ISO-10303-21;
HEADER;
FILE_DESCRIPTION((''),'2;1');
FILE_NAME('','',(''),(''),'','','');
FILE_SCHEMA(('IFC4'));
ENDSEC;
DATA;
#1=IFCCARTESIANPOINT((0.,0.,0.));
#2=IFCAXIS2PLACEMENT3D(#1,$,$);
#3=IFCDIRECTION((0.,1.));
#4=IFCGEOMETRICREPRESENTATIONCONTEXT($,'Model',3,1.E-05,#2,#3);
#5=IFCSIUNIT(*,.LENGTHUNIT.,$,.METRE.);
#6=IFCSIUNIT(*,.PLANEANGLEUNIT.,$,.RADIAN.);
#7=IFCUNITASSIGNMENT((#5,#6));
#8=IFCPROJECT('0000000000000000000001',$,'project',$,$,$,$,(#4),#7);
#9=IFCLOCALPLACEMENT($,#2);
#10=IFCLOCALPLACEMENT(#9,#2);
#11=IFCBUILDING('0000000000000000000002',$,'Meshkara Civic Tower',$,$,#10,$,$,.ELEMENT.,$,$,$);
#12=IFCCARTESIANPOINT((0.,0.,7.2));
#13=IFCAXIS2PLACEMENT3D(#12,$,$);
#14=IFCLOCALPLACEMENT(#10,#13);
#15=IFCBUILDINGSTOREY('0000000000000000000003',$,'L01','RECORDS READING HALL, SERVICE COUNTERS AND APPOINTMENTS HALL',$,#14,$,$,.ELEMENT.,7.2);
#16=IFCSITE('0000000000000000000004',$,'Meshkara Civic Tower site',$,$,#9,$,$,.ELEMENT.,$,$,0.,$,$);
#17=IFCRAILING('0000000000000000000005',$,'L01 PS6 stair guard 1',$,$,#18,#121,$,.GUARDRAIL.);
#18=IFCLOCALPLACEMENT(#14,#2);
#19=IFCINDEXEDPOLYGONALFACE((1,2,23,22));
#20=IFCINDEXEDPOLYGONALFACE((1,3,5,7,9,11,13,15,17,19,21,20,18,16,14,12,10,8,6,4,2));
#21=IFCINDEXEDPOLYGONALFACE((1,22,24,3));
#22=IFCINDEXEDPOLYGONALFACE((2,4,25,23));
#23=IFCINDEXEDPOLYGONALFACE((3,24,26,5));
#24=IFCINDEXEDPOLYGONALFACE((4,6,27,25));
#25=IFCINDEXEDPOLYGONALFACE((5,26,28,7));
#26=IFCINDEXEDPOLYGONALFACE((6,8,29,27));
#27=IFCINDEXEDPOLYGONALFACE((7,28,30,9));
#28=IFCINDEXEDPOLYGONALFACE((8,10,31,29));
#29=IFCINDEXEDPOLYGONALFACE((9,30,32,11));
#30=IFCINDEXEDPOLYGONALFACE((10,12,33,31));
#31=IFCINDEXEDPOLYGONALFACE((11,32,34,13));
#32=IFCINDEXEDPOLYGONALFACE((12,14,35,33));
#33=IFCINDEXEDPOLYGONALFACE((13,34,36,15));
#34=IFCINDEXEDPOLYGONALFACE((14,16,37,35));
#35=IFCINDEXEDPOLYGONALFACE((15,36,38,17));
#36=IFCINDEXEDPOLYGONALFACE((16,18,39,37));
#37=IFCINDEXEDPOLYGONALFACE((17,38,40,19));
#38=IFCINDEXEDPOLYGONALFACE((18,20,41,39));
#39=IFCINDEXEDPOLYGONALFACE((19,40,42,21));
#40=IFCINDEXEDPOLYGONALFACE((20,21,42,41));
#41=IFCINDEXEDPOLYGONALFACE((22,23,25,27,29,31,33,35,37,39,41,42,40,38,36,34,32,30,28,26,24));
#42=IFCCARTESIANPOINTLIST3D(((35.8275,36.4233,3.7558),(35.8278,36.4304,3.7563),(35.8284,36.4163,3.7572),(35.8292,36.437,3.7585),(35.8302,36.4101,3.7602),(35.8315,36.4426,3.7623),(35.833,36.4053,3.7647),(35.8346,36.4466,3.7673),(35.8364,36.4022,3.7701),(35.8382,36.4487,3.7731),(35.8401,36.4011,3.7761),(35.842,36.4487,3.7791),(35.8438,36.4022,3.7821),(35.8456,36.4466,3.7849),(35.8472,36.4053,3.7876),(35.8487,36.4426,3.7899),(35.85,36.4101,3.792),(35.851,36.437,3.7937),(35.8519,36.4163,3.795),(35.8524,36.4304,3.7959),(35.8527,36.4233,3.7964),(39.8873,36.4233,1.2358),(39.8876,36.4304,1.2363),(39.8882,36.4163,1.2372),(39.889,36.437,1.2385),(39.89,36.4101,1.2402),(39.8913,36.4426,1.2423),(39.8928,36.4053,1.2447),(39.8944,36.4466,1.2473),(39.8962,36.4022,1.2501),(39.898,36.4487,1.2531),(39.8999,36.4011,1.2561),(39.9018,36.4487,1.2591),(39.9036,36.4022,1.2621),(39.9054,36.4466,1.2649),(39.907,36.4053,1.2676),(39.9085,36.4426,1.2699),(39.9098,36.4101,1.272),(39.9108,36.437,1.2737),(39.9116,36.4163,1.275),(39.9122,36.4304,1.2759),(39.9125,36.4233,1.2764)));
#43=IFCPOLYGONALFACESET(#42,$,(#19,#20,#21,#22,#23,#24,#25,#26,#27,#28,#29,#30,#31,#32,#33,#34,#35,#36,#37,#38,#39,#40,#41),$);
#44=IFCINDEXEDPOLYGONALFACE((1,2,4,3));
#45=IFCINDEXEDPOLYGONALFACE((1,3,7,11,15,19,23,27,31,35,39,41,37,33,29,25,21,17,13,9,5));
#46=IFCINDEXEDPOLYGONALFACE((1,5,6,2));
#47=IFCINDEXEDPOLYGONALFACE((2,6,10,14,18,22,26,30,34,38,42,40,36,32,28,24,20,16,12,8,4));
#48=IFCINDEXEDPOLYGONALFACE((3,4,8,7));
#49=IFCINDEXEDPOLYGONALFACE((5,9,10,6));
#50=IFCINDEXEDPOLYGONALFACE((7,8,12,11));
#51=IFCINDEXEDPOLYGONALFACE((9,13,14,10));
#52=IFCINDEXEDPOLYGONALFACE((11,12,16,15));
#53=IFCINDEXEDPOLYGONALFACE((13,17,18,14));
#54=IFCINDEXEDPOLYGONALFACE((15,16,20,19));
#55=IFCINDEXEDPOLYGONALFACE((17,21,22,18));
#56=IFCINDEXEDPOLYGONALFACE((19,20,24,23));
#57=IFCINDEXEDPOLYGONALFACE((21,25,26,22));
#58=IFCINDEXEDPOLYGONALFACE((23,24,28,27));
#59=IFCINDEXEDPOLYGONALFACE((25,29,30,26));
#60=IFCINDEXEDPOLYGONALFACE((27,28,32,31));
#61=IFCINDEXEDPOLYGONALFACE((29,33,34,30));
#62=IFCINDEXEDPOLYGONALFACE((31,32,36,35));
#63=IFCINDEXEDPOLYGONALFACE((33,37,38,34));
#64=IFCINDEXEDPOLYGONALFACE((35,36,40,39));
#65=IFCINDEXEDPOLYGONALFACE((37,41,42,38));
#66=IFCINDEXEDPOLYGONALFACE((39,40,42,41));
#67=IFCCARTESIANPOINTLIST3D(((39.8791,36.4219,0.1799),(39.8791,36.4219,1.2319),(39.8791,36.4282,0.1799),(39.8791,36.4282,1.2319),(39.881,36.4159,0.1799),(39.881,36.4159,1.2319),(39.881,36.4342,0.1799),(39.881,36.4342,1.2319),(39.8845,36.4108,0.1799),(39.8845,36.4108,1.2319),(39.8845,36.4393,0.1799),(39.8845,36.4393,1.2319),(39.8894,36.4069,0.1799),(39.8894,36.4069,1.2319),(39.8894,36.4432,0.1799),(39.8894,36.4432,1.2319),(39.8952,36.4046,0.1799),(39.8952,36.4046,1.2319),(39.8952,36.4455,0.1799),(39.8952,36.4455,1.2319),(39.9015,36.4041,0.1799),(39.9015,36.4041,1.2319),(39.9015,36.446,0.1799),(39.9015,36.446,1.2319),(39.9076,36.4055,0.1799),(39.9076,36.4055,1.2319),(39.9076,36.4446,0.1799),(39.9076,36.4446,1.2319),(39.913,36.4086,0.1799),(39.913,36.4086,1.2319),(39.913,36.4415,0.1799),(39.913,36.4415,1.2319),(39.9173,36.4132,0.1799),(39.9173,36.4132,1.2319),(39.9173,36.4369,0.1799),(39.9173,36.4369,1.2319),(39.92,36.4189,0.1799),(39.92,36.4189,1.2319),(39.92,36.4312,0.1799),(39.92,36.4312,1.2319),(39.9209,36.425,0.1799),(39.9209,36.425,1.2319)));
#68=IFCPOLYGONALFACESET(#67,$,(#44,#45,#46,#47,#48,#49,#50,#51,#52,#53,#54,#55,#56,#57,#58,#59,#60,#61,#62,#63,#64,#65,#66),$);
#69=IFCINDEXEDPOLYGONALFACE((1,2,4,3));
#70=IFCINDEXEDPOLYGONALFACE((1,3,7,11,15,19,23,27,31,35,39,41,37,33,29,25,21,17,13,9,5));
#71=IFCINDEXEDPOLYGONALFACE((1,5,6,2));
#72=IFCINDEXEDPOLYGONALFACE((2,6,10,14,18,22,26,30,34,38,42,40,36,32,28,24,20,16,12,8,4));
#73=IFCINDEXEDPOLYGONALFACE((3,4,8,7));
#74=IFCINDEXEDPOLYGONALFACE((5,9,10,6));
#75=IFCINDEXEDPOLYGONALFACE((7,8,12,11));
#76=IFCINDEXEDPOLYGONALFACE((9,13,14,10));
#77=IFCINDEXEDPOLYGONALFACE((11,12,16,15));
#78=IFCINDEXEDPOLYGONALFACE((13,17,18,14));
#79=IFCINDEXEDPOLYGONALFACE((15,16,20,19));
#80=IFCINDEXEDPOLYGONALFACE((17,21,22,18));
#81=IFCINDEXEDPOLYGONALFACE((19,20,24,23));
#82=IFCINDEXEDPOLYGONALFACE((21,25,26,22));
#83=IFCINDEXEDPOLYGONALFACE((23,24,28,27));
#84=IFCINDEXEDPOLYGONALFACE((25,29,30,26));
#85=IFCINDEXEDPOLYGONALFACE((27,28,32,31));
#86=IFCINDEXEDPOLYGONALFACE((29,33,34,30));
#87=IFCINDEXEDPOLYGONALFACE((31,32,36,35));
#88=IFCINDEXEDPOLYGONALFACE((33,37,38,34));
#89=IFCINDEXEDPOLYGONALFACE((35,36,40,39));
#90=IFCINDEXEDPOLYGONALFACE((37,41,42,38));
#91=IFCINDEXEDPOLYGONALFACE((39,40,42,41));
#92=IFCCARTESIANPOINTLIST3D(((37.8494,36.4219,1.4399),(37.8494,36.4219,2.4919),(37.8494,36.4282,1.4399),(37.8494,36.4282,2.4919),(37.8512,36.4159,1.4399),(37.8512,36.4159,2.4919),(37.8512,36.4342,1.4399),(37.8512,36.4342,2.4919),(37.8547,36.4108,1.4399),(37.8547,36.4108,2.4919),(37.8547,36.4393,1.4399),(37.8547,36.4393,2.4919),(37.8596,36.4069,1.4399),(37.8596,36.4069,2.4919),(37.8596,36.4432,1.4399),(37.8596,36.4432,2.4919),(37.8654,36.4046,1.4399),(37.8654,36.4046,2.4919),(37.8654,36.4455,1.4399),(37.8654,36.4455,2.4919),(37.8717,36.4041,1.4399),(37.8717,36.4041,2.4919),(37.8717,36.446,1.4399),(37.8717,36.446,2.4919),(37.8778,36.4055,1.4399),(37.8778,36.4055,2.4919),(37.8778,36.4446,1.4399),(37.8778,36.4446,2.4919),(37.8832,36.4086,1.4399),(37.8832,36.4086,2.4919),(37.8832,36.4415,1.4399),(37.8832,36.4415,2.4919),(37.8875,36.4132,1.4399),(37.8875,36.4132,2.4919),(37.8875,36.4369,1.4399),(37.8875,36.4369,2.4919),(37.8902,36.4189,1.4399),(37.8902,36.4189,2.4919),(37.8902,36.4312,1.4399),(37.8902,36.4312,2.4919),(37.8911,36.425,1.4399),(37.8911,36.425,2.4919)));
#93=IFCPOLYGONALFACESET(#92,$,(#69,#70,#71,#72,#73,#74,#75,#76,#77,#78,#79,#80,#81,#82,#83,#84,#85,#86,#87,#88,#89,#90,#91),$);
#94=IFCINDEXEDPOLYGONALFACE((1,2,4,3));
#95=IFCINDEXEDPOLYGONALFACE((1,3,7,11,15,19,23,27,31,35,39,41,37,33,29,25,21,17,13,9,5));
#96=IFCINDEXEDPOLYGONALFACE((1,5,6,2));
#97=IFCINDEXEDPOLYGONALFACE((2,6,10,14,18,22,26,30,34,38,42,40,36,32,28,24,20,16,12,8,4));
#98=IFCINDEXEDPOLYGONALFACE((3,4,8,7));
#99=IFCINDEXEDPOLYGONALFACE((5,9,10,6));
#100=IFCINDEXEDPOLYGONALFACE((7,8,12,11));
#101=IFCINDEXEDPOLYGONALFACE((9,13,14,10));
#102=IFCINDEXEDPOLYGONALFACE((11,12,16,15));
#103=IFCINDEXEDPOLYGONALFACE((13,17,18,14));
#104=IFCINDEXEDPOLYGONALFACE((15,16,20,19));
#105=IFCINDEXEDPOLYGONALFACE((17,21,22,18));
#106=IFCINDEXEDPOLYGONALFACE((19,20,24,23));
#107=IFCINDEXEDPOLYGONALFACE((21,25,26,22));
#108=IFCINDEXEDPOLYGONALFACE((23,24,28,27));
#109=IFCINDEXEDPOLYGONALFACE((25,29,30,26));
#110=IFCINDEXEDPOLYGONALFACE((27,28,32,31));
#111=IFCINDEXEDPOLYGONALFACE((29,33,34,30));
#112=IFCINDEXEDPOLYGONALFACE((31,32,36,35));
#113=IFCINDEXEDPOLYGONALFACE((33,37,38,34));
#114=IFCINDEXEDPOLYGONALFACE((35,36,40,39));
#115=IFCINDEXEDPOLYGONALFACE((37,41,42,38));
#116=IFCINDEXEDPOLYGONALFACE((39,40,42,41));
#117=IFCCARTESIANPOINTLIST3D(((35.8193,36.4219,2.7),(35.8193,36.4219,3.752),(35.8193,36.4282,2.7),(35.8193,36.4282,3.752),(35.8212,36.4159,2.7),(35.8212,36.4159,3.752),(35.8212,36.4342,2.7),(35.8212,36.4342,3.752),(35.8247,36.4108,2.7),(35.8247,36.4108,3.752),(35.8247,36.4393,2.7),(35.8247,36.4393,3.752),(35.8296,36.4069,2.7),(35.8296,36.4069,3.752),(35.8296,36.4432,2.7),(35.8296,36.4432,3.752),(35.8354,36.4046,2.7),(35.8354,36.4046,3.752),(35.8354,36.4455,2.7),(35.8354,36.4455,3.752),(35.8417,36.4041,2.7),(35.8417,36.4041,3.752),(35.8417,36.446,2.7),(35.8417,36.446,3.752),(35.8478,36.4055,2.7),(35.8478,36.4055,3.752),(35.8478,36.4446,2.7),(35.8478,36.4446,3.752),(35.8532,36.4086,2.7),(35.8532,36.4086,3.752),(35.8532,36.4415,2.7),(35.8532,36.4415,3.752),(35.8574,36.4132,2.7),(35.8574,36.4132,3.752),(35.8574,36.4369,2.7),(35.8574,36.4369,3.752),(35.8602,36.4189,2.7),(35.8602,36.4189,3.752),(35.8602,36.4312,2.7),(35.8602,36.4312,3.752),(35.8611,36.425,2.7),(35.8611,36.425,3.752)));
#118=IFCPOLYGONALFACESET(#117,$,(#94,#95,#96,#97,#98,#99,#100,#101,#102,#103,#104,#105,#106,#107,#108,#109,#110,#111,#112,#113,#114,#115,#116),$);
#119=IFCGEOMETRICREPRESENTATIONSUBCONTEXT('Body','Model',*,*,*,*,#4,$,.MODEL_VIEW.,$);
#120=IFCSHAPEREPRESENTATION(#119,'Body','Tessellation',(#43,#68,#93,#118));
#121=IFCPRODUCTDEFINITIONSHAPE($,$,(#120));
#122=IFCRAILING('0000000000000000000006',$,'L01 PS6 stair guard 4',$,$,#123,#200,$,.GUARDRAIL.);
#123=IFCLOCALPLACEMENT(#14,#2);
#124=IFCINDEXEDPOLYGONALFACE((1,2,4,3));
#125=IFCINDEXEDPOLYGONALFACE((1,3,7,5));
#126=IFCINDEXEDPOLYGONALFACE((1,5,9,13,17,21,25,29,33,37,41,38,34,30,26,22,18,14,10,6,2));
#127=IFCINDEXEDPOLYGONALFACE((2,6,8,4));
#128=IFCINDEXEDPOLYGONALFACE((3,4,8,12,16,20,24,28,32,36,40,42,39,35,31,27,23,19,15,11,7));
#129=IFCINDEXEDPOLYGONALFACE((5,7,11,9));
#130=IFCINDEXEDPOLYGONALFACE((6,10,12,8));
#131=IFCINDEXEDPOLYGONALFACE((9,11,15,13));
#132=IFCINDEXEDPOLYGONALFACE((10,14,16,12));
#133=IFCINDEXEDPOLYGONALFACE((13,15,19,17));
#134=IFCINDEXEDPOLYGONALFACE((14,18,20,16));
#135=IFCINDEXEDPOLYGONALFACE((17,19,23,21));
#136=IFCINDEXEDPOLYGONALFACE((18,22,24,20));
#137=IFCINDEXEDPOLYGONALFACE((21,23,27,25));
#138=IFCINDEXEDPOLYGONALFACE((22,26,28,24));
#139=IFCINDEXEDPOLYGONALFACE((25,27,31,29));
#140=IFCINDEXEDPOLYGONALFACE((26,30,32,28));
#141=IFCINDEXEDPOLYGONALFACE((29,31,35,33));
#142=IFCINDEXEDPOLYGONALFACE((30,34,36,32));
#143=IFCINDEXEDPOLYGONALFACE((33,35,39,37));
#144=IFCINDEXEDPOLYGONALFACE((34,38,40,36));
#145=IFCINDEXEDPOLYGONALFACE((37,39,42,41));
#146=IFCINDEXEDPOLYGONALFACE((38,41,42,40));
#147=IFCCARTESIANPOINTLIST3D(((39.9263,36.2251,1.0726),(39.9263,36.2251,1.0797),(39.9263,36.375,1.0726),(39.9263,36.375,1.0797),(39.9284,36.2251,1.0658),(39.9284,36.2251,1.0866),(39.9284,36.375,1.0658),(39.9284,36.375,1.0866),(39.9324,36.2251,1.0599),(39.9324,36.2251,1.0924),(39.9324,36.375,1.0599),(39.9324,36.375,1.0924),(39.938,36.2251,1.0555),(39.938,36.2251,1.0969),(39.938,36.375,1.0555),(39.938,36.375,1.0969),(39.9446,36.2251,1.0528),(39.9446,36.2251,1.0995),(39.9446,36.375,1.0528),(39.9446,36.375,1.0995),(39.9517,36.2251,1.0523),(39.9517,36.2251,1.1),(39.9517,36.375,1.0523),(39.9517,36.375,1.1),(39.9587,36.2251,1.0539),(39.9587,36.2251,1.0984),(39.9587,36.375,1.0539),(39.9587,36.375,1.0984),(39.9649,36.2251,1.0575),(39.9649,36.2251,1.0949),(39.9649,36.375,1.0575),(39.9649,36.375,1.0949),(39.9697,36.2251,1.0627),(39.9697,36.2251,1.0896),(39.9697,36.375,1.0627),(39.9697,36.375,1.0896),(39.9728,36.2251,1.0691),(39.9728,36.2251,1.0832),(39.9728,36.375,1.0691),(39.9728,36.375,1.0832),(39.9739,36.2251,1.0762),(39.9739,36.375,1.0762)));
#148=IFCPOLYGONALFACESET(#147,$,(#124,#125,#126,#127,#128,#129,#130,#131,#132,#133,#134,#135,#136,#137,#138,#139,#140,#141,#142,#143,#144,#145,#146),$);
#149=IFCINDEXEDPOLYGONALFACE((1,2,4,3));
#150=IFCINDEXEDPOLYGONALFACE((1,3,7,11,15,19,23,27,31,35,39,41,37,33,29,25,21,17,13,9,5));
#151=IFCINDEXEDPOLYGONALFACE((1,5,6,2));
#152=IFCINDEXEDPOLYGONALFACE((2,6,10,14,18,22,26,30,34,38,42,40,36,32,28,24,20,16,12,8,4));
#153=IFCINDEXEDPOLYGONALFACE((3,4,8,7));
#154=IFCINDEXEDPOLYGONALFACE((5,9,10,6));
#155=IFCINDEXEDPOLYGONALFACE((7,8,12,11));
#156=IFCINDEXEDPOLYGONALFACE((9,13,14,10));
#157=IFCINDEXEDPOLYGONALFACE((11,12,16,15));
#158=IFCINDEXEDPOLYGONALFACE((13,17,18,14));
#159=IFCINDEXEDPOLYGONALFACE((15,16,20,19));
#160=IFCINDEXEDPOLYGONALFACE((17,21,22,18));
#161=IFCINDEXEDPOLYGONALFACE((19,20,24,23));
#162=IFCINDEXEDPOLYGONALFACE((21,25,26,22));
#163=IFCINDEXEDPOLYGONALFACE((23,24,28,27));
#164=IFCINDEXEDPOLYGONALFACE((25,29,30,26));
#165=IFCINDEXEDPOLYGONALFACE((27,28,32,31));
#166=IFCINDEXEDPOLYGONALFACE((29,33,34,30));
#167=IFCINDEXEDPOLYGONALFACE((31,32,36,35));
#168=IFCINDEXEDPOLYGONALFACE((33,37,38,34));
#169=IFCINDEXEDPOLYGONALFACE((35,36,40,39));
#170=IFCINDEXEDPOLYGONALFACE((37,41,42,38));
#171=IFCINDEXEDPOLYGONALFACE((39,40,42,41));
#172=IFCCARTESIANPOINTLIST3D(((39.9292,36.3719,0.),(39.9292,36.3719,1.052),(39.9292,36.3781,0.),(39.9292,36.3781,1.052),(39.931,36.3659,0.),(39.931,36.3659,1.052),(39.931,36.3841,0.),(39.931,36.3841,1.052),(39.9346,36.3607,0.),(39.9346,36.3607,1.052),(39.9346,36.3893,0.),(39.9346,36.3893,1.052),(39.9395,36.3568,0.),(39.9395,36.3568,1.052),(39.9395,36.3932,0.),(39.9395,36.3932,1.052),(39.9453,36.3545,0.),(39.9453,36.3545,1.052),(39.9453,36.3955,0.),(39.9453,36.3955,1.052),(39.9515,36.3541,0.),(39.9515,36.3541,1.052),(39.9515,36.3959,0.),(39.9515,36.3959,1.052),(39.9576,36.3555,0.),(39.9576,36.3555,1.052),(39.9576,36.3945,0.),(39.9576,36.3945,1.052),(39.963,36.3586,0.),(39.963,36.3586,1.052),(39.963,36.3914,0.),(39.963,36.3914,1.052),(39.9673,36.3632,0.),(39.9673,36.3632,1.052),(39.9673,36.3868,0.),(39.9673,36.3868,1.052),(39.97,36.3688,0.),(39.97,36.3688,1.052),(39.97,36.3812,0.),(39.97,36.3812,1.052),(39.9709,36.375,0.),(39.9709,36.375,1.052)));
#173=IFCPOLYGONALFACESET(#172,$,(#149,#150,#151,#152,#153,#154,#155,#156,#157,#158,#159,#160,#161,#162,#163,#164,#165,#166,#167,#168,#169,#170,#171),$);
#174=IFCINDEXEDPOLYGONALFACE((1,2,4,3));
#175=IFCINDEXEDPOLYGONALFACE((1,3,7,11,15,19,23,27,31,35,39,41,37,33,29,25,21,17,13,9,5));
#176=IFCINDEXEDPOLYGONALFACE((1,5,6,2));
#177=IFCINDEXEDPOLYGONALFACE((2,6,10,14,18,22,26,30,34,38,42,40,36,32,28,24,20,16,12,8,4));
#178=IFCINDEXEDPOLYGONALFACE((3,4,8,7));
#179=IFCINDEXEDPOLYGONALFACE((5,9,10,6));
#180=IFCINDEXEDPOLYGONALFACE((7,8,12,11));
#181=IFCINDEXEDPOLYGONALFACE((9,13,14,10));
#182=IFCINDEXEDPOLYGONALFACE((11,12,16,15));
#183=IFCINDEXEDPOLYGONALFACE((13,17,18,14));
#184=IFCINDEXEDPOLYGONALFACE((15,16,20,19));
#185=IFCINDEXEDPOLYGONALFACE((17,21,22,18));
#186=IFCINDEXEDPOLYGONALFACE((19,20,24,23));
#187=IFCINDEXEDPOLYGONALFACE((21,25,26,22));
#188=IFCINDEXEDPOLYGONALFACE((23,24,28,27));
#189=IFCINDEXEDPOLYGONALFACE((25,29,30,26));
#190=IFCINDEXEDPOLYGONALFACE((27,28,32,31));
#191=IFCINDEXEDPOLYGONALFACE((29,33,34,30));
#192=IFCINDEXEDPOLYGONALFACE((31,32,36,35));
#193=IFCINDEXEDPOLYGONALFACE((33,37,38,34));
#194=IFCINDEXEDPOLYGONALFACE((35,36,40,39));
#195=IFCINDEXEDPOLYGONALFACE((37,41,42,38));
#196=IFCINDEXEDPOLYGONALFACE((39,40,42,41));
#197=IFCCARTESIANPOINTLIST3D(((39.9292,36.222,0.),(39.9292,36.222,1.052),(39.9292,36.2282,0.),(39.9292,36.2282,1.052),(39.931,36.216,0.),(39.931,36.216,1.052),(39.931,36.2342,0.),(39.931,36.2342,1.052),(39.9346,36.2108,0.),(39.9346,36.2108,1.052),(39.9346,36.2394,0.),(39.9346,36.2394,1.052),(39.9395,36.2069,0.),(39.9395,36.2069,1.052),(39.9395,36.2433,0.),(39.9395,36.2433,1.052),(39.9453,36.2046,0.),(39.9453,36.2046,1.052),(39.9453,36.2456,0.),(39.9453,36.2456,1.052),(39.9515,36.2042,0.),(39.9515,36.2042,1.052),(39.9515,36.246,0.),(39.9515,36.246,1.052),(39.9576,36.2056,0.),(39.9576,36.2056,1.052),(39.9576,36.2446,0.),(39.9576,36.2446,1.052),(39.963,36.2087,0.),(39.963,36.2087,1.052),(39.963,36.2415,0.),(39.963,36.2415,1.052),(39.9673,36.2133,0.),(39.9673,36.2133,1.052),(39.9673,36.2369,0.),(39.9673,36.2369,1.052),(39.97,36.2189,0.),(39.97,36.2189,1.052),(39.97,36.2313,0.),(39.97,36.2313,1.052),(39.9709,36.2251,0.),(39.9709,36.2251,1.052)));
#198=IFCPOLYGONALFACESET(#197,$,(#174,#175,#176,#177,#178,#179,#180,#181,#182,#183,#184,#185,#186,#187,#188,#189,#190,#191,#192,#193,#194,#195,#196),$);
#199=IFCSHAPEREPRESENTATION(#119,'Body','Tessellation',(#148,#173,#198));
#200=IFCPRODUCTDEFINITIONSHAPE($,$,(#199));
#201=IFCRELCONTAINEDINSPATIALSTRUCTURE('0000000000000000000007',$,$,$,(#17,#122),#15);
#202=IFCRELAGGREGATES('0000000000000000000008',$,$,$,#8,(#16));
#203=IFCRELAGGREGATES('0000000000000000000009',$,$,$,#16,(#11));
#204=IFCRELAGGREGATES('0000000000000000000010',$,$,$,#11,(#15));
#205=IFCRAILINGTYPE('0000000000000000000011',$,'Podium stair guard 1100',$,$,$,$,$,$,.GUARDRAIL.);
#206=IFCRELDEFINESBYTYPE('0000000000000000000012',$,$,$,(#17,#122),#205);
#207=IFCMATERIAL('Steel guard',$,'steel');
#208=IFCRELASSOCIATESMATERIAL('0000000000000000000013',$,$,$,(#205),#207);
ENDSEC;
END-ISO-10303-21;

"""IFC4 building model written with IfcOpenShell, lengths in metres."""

from ifc_helpers import new_model, si_unit, direction, frame, origin, origin_2d, place, context, subcontext, project, spatial, circle, extrude, material, type_object, element, save


model = new_model("IFC4")

# Units and contexts
model_context = context("Model", 3, precision=1e-05, world=origin(), true_north=direction((0.0, 1.0)))
body_context = subcontext(model_context, "Body", "Model", "MODEL_VIEW")
ifc_project = project(units=[si_unit("LENGTHUNIT", "METRE"), si_unit("PLANEANGLEUNIT", "RADIAN")], contexts=[model_context])

# Site, building, storey
site_placement = place(None, origin())
site = spatial("IfcSite", under=ifc_project, at=site_placement, Name="Meshkara Civic Tower site", CompositionType="ELEMENT", RefElevation=0.0)
building_placement = place(site_placement, origin())
building = spatial("IfcBuilding", under=site, at=building_placement, Name="Meshkara Civic Tower", CompositionType="ELEMENT")
storey_placement = place(building_placement, frame((0.0, 0.0, 7.2)))
storey = spatial("IfcBuildingStorey", under=building, at=storey_placement, Name="L01", Description="RECORDS READING HALL, SERVICE COUNTERS AND APPOINTMENTS HALL", CompositionType="ELEMENT", Elevation=7.2)

# Railings
ifc_material_1 = material(Name="Steel guard", Category="steel")
railing_type_1 = type_object("IfcRailingType", Name="Podium stair guard 1100", PredefinedType="GUARDRAIL", material=ifc_material_1)
railing_1_placement = place(storey_placement, frame((39.8999, 36.425, 0.1799)))
element("IfcRailing", 1, at=railing_1_placement, inside=storey, type_object=railing_type_1, Name="L01 PS6 stair guard 1", PredefinedType="GUARDRAIL", context=body_context, shape_type="SweptSolid", body=[
    extrude(circle(Radius=0.0239, at=origin_2d()), frame((0.0, 0.0, 1.0762), z_axis=(-0.849628, 0.0, 0.527383), x_axis=(0.0, -1.0, 0.0)), (0.0, 0.0, 1.0), 4.7783),
    extrude(circle(Radius=0.021, at=origin_2d()), origin(), (0.0, 0.0, 1.0), 1.052),
    extrude(circle(Radius=0.021, at=origin_2d()), frame((-2.0298, 0.0, 1.26)), (0.0, 0.0, 1.0), 1.052),
    extrude(circle(Radius=0.021, at=origin_2d()), frame((-4.0598, 0.0, 2.52)), (0.0, 0.0, 1.0), 1.052),
])
railing_2_placement = place(storey_placement, frame((39.95, 36.375, 0.0)))
element("IfcRailing", 2, at=railing_2_placement, inside=storey, type_object=railing_type_1, Name="L01 PS6 stair guard 4", PredefinedType="GUARDRAIL", context=body_context, shape_type="SweptSolid", body=[
    extrude(circle(Radius=0.0239, at=origin_2d()), frame((0.0, 0.0, 1.0762), z_axis=(0.0, -1.0, 0.0), x_axis=(1.0, 0.0, 0.0)), (0.0, 0.0, 1.0), 0.1499),
    extrude(circle(Radius=0.021, at=origin_2d()), origin(), (0.0, 0.0, 1.0), 1.052),
    extrude(circle(Radius=0.021, at=origin_2d()), frame((0.0, -0.1499, 0.0)), (0.0, 0.0, 1.0), 1.052),
])

save(model, "model.ifc")
